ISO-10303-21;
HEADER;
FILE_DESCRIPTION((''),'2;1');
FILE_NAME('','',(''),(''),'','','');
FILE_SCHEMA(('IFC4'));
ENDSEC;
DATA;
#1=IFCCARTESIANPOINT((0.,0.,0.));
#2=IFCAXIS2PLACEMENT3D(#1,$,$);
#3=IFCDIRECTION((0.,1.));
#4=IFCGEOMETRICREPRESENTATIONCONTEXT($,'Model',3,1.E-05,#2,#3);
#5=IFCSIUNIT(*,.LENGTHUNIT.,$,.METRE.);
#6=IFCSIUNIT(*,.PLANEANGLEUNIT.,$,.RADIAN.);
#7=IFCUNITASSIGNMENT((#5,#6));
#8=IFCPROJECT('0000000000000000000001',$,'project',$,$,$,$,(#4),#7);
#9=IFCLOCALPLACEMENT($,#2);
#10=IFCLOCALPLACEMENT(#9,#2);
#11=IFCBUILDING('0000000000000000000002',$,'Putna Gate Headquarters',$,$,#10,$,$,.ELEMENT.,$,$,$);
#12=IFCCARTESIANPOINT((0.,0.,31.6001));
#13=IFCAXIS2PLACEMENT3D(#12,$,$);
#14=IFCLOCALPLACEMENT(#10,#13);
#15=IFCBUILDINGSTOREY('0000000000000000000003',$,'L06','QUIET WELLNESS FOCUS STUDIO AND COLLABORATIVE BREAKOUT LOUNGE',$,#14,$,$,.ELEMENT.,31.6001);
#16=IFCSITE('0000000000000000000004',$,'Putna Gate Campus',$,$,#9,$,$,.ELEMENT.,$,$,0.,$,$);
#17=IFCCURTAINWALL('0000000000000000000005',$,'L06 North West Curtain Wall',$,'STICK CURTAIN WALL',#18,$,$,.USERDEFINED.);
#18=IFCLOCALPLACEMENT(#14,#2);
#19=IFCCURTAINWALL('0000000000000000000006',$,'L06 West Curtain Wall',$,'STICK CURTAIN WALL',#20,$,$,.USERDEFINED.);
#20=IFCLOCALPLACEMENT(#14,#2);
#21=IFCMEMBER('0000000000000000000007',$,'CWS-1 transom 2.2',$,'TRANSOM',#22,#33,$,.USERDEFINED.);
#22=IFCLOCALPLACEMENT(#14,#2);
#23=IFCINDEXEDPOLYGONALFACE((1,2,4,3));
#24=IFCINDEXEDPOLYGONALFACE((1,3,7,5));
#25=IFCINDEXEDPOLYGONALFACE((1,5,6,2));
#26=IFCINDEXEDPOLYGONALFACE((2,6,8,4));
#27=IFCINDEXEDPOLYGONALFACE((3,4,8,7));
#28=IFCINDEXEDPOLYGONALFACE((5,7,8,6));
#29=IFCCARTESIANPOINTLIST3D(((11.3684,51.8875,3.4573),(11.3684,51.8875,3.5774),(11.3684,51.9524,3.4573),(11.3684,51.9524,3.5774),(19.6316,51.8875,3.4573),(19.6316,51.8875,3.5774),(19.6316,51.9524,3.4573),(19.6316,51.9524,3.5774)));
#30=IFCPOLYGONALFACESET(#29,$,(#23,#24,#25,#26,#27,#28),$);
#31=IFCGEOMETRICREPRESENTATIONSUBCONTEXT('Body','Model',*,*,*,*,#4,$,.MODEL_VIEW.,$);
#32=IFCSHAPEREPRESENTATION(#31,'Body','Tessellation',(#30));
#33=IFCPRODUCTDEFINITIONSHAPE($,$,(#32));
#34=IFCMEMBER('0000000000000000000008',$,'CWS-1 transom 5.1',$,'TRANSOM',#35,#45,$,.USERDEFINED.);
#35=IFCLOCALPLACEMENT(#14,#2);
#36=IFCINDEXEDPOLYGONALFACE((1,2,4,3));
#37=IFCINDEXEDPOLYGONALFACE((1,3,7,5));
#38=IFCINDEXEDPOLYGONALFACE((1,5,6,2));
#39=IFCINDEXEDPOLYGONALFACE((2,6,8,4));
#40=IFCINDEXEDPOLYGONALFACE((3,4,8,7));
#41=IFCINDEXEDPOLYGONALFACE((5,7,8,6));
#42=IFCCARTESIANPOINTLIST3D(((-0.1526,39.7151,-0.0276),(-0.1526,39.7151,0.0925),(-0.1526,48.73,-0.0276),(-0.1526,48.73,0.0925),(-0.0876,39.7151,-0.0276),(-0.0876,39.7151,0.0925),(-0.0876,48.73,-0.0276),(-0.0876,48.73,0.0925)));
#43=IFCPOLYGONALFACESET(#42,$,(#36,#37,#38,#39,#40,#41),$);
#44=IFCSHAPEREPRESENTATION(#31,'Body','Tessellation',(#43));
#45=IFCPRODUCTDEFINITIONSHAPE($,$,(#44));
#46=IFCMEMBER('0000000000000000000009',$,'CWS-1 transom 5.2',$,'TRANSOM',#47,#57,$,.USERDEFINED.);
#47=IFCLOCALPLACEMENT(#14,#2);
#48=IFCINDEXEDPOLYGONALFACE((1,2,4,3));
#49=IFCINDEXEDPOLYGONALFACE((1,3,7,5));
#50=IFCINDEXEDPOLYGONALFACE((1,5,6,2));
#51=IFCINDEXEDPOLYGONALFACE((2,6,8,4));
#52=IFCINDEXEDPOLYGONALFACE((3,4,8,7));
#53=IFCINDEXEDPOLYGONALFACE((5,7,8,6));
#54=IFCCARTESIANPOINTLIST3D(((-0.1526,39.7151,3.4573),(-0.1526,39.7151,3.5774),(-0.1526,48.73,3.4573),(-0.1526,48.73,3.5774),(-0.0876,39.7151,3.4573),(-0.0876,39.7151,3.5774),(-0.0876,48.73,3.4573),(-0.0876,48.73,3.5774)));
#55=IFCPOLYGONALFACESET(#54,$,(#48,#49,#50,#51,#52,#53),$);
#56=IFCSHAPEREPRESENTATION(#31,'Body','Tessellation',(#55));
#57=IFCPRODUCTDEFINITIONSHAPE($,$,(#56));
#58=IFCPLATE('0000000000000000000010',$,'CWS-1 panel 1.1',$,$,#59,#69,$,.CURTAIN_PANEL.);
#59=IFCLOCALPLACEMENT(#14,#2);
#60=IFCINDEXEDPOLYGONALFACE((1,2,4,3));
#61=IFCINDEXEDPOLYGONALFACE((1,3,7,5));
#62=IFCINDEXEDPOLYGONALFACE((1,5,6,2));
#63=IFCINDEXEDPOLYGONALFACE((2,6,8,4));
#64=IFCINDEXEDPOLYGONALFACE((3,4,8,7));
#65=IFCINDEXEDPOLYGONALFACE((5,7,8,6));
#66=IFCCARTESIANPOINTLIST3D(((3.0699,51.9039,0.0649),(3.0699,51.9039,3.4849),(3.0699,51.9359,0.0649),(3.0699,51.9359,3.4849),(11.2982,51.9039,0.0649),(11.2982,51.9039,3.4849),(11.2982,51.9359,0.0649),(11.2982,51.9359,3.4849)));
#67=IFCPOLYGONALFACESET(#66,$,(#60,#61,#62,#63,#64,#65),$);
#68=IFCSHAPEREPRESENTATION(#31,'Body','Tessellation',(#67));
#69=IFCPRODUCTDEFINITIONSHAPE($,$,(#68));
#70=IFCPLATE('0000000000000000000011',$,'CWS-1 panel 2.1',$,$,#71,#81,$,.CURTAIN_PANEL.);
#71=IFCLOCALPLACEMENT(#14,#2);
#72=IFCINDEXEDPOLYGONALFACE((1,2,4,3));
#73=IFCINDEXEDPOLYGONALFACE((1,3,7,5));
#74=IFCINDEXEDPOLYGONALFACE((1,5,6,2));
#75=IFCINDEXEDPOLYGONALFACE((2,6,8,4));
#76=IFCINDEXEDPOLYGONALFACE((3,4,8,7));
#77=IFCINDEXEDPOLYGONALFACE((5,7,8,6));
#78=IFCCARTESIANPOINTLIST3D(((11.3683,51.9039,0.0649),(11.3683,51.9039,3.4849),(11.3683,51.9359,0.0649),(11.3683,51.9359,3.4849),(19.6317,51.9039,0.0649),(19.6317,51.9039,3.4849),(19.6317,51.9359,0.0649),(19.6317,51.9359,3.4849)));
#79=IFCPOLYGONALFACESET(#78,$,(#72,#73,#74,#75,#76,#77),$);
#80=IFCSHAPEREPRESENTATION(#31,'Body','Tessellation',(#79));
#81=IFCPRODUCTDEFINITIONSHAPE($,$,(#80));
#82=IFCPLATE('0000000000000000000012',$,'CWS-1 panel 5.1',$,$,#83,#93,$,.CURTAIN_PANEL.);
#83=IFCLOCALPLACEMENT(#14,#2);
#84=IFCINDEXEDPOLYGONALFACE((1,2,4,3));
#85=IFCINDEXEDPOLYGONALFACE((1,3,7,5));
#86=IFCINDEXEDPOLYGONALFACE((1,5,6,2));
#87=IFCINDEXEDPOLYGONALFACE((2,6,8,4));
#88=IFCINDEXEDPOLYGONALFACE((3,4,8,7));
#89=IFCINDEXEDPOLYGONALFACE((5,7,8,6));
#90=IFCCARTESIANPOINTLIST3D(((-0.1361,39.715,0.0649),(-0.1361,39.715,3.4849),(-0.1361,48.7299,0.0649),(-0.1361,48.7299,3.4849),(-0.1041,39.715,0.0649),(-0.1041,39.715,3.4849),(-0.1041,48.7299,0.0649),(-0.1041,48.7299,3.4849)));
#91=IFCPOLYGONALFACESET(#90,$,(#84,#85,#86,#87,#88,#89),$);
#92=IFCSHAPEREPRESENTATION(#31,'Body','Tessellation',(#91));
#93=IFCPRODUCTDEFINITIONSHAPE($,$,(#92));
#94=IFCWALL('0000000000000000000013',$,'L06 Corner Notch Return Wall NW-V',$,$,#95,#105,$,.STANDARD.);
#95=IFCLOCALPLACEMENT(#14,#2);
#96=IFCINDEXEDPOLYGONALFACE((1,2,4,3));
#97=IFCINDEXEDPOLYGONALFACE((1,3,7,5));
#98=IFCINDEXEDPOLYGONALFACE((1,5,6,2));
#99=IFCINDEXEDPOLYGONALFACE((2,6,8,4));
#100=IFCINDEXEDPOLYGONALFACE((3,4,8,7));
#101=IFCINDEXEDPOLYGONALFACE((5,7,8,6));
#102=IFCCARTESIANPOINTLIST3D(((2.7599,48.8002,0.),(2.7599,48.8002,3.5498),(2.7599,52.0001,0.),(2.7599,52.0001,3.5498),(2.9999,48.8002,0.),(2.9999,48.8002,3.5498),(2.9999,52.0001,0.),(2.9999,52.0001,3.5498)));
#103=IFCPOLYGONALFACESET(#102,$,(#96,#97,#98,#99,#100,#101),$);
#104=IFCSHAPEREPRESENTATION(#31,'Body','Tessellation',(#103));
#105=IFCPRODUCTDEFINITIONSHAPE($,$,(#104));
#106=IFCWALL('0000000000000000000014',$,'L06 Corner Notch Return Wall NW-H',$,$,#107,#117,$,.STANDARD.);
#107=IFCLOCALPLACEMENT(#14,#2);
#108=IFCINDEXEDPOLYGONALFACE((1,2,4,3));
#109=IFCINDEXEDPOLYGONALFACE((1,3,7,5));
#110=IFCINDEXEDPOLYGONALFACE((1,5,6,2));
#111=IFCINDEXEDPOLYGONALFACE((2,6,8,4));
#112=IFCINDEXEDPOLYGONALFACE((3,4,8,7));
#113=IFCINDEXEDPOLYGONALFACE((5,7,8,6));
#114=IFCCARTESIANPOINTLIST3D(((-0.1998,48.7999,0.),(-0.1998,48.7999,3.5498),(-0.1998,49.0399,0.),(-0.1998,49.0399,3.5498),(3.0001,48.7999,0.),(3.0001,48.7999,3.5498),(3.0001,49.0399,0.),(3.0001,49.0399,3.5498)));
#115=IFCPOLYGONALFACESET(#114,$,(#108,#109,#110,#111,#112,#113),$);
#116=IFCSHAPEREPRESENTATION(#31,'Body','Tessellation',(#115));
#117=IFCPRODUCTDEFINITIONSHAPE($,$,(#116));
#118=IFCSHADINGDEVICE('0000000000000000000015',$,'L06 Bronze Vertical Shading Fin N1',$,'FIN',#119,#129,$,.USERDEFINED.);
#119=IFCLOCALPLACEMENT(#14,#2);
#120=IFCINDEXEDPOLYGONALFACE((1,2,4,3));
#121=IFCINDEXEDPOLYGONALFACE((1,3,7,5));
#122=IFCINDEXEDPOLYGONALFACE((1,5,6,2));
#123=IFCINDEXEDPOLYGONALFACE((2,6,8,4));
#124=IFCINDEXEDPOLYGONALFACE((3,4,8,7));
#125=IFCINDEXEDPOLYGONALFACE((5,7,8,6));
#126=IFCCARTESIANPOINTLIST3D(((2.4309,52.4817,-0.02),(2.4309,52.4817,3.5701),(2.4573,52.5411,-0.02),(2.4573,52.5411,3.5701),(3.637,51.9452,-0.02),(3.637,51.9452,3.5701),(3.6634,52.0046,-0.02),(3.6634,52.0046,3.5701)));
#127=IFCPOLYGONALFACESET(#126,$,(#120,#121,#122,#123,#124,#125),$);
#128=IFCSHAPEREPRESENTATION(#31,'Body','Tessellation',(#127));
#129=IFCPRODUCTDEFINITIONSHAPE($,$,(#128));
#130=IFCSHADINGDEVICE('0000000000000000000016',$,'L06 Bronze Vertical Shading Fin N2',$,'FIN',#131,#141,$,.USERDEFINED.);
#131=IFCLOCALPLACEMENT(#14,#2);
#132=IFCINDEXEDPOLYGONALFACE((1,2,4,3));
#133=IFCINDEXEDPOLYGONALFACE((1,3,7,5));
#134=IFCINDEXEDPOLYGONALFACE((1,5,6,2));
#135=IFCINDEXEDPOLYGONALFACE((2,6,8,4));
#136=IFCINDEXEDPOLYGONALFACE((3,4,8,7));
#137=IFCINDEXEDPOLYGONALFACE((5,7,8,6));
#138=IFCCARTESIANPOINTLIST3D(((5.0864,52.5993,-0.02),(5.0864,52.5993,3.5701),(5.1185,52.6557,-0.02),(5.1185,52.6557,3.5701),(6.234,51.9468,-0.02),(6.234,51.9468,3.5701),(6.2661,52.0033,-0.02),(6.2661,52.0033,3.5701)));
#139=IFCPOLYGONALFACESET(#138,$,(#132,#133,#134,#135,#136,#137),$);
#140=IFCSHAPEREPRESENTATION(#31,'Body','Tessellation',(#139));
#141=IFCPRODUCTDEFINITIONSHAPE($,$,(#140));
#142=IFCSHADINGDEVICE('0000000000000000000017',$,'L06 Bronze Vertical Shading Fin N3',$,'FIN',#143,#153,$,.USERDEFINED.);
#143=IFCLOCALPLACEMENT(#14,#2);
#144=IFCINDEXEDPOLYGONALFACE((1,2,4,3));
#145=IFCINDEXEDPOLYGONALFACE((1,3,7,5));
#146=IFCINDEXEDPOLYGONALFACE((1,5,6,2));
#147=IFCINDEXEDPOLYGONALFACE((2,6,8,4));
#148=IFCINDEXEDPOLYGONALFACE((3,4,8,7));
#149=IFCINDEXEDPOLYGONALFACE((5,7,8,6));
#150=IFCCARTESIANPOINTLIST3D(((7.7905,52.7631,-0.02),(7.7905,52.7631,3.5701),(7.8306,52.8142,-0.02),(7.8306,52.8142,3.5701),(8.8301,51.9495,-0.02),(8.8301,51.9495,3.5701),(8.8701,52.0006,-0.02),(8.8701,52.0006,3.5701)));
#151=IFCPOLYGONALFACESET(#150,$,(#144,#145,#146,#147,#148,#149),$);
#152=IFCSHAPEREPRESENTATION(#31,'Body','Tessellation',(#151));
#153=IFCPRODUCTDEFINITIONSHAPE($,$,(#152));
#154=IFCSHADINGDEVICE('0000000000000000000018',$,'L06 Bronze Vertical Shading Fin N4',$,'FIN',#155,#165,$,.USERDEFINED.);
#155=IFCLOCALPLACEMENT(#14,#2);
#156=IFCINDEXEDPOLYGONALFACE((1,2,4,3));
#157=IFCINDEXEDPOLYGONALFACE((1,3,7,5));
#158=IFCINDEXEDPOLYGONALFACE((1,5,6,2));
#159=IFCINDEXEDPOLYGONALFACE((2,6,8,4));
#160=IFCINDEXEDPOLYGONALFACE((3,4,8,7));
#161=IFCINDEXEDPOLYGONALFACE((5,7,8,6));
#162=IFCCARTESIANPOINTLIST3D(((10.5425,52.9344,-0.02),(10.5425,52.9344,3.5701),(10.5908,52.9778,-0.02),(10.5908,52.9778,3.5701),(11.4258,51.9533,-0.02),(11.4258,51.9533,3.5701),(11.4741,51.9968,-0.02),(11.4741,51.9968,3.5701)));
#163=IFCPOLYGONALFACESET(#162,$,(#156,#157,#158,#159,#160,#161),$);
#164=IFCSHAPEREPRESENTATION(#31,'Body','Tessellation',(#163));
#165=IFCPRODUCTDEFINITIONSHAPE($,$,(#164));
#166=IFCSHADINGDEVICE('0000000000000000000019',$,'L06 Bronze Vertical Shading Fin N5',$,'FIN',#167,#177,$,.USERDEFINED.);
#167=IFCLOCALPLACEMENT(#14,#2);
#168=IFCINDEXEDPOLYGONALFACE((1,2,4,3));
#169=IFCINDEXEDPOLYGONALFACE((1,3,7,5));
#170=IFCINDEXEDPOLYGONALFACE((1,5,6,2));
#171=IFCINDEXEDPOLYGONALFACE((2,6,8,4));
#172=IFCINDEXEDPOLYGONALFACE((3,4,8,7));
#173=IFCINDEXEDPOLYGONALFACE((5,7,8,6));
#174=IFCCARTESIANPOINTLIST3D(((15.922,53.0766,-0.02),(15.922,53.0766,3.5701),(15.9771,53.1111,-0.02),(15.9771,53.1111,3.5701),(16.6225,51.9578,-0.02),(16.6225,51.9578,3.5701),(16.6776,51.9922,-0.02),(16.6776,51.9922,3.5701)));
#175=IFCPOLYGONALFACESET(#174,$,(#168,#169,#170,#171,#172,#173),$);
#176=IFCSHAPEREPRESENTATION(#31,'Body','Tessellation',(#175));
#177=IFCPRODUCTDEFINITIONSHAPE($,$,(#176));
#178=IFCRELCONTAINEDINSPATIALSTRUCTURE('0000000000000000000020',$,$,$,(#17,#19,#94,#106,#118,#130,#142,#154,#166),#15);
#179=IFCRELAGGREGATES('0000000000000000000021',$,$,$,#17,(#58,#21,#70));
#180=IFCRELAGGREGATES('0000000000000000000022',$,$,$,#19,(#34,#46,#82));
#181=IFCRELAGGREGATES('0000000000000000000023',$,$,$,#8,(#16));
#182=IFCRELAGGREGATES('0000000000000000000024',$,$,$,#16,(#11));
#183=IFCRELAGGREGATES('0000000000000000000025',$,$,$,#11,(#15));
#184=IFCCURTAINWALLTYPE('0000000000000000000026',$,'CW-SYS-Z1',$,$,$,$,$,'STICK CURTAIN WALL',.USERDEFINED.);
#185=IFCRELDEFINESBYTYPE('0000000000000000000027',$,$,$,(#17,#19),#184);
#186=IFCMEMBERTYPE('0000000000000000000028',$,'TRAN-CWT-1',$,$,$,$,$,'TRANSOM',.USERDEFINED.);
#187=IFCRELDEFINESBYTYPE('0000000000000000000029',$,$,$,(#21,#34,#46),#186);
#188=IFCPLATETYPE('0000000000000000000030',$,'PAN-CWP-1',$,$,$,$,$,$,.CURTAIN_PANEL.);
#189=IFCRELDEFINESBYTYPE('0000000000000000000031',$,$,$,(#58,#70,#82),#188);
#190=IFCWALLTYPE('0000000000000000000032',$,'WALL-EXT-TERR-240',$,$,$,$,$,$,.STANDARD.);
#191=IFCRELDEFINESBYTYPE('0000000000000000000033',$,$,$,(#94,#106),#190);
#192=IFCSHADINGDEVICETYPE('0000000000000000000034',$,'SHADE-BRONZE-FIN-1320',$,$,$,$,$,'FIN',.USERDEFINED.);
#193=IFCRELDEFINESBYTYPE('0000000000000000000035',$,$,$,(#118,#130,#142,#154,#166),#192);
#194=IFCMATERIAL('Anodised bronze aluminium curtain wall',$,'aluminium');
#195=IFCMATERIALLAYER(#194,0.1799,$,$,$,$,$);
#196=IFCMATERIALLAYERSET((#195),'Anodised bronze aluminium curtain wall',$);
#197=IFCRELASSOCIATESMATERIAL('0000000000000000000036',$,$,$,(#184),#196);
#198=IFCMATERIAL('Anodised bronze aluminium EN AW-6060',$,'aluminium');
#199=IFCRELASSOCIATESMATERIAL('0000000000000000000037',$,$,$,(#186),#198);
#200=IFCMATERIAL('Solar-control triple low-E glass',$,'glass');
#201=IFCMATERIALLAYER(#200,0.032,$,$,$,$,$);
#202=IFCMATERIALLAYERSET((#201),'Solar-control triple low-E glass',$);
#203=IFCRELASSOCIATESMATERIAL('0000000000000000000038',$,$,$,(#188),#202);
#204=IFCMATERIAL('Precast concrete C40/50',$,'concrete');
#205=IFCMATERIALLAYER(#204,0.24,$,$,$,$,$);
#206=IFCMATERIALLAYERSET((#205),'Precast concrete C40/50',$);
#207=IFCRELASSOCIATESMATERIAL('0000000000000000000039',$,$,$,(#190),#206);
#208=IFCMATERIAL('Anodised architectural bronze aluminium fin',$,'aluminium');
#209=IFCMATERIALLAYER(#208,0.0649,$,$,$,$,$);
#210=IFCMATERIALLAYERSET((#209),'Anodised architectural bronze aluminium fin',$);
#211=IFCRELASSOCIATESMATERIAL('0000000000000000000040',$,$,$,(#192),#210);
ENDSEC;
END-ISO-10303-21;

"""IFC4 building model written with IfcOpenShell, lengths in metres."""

from ifc_helpers import new_model, si_unit, direction, frame, frame_2d, origin, origin_2d, place, context, subcontext, project, spatial, rectangle, extrude, material, layer, layer_set, material_profile, profile_set, type_object, element, aggregate, save


model = new_model("IFC4")

# Units and contexts
model_context = context("Model", 3, precision=1e-05, world=origin(), true_north=direction((0.0, 1.0)))
body_context = subcontext(model_context, "Body", "Model", "MODEL_VIEW")
ifc_project = project(units=[si_unit("LENGTHUNIT", "METRE"), si_unit("PLANEANGLEUNIT", "RADIAN")], contexts=[model_context])

# Site, building, storey
site_placement = place(None, origin())
site = spatial("IfcSite", under=ifc_project, at=site_placement, Name="Putna Gate Campus", CompositionType="ELEMENT", RefElevation=0.0)
building_placement = place(site_placement, origin())
building = spatial("IfcBuilding", under=site, at=building_placement, Name="Putna Gate Headquarters", CompositionType="ELEMENT")
storey_placement = place(building_placement, frame((0.0, 0.0, 31.6001)))
storey = spatial("IfcBuildingStorey", under=building, at=storey_placement, Name="L06", Description="QUIET WELLNESS FOCUS STUDIO AND COLLABORATIVE BREAKOUT LOUNGE", CompositionType="ELEMENT", Elevation=31.6001)

# Curtain wall
ifc_material_1 = material(Name="Anodised bronze aluminium curtain wall", Category="aluminium")
ifc_layer_1 = layer(ifc_material_1, 0.1799)
ifc_layer_set_1 = layer_set([ifc_layer_1], Name="Anodised bronze aluminium curtain wall")
curtain_wall_type = type_object("IfcCurtainWallType", Name="CW-SYS-Z1", ElementType="STICK CURTAIN WALL", PredefinedType="USERDEFINED", material=ifc_layer_set_1)
curtain_wall_1_placement = place(storey_placement, origin())
curtain_wall_1 = element("IfcCurtainWall", 1, at=curtain_wall_1_placement, inside=storey, type_object=curtain_wall_type, Name="L06 North West Curtain Wall", ObjectType="STICK CURTAIN WALL", PredefinedType="USERDEFINED")
ifc_material_2 = material(Name="Anodised bronze aluminium EN AW-6060", Category="aluminium")

# Curtain wall
curtain_wall_2_placement = place(storey_placement, origin())
curtain_wall_2 = element("IfcCurtainWall", 2, at=curtain_wall_2_placement, inside=storey, type_object=curtain_wall_type, Name="L06 West Curtain Wall", ObjectType="STICK CURTAIN WALL", PredefinedType="USERDEFINED")

# Members
ifc_material_profile_1 = material_profile(ifc_material_2, rectangle(XDim=0.0649, YDim=0.1201, at=origin_2d()), Name="Anodised bronze aluminium EN AW-6060")
ifc_profile_set_1 = profile_set([ifc_material_profile_1], Name="Anodised bronze aluminium EN AW-6060")
member_type_1 = type_object("IfcMemberType", Name="TRAN-CWT-1", ElementType="TRANSOM", PredefinedType="USERDEFINED", material=ifc_profile_set_1)
member_1_placement = place(storey_placement, frame((11.3684, 51.9199, 3.5173), z_axis=(1.0, 0.0, 0.0), x_axis=(0.0, 1.0, 0.0)))
member_1 = element("IfcMember", 3, at=member_1_placement, type_object=member_type_1, Name="CWS-1 transom 2.2", ObjectType="TRANSOM", PredefinedType="USERDEFINED", context=body_context, shape_type="SweptSolid", body=[
    extrude(rectangle(XDim=0.0649, YDim=0.1201, at=origin_2d()), origin(), (0.0, 0.0, 1.0), 8.2632),
])
member_2_placement = place(storey_placement, frame((-0.1201, 39.7151, 0.0325), z_axis=(0.0, 1.0, 0.0), x_axis=(-1.0, 0.0, 0.0)))
member_2 = element("IfcMember", 4, at=member_2_placement, type_object=member_type_1, Name="CWS-1 transom 5.1", ObjectType="TRANSOM", PredefinedType="USERDEFINED", context=body_context, shape_type="SweptSolid", body=[
    extrude(rectangle(XDim=0.0649, YDim=0.1201, at=origin_2d()), origin(), (0.0, 0.0, 1.0), 9.0149),
])
member_3_placement = place(storey_placement, frame((-0.1201, 39.7151, 3.5173), z_axis=(0.0, 1.0, 0.0), x_axis=(-1.0, 0.0, 0.0)))
member_3 = element("IfcMember", 5, at=member_3_placement, type_object=member_type_1, Name="CWS-1 transom 5.2", ObjectType="TRANSOM", PredefinedType="USERDEFINED", context=body_context, shape_type="SweptSolid", body=[
    extrude(rectangle(XDim=0.0649, YDim=0.1201, at=origin_2d()), origin(), (0.0, 0.0, 1.0), 9.0149),
])

# Plates
ifc_material_3 = material(Name="Solar-control triple low-E glass", Category="glass")
ifc_layer_2 = layer(ifc_material_3, 0.032)
ifc_layer_set_2 = layer_set([ifc_layer_2], Name="Solar-control triple low-E glass")
plate_type = type_object("IfcPlateType", Name="PAN-CWP-1", PredefinedType="CURTAIN_PANEL", material=ifc_layer_set_2)
plate_1_placement = place(storey_placement, frame((7.1841, 51.9199, 0.0649), z_axis=(0.0, 0.0, 1.0), x_axis=(1.0, 0.0, 0.0)))
plate_1 = element("IfcPlate", 6, at=plate_1_placement, type_object=plate_type, Name="CWS-1 panel 1.1", PredefinedType="CURTAIN_PANEL", context=body_context, shape_type="SweptSolid", body=[
    extrude(rectangle(XDim=8.2283, YDim=0.032, at=origin_2d()), origin(), (0.0, 0.0, 1.0), 3.4199),
])
plate_2_placement = place(storey_placement, frame((15.5, 51.9199, 0.0649), z_axis=(0.0, 0.0, 1.0), x_axis=(1.0, 0.0, 0.0)))
plate_2 = element("IfcPlate", 7, at=plate_2_placement, type_object=plate_type, Name="CWS-1 panel 2.1", PredefinedType="CURTAIN_PANEL", context=body_context, shape_type="SweptSolid", body=[
    extrude(rectangle(XDim=8.2634, YDim=0.032, at=origin_2d()), origin(), (0.0, 0.0, 1.0), 3.4199),
])
aggregate(curtain_wall_1, [plate_1, member_1, plate_2])
plate_3_placement = place(storey_placement, frame((-0.1201, 44.2224, 0.0649), z_axis=(0.0, 0.0, 1.0), x_axis=(0.0, 1.0, 0.0)))
plate_3 = element("IfcPlate", 8, at=plate_3_placement, type_object=plate_type, Name="CWS-1 panel 5.1", PredefinedType="CURTAIN_PANEL", context=body_context, shape_type="SweptSolid", body=[
    extrude(rectangle(XDim=9.0149, YDim=0.032, at=origin_2d()), origin(), (0.0, 0.0, 1.0), 3.4199),
])
aggregate(curtain_wall_2, [member_2, member_3, plate_3])

# Walls
ifc_material_4 = material(Name="Precast concrete C40/50", Category="concrete")
ifc_layer_3 = layer(ifc_material_4, 0.24)
ifc_layer_set_3 = layer_set([ifc_layer_3], Name="Precast concrete C40/50")
wall_type = type_object("IfcWallType", Name="WALL-EXT-TERR-240", PredefinedType="STANDARD", material=ifc_layer_set_3)
for number, where, z_axis, x_axis, name in (
    (9, (2.8799, 48.8, 0.0), (0.0, 0.0, 1.0), (0.0, 1.0, 0.0), "L06 Corner Notch Return Wall NW-V"),
    (10, (-0.2, 48.9199, 0.0), (0.0, 0.0, 1.0), (1.0, 0.0, 0.0), "L06 Corner Notch Return Wall NW-H"),
):
    element("IfcWall", number, at=place(storey_placement, frame(where, z_axis=z_axis, x_axis=x_axis)), inside=storey, type_object=wall_type, Name=name, PredefinedType="STANDARD", context=body_context, shape_type="SweptSolid", body=[
        extrude(rectangle(XDim=3.2, YDim=0.24, at=frame_2d((1.6001, 0.0))), origin(), (0.0, 0.0, 1.0), 3.5498),
    ])

# Shading devices
ifc_material_5 = material(Name="Anodised architectural bronze aluminium fin", Category="aluminium")
ifc_layer_4 = layer(ifc_material_5, 0.0649)
ifc_layer_set_4 = layer_set([ifc_layer_4], Name="Anodised architectural bronze aluminium fin")
shading_device_type = type_object("IfcShadingDeviceType", Name="SHADE-BRONZE-FIN-1320", ElementType="FIN", PredefinedType="USERDEFINED", material=ifc_layer_set_4)
for number, where, z_axis, x_axis, name in (
    (11, (3.0471, 52.2432, -0.02), (0.0, 0.0, 1.0), (-0.913687, 0.406418, 0.0), "L06 Bronze Vertical Shading Fin N1"),
    (12, (5.6763, 52.3013, -0.02), (0.0, 0.0, 1.0), (-0.869322, 0.494245, 0.0), "L06 Bronze Vertical Shading Fin N2"),
    (13, (8.3303, 52.3818, -0.02), (0.0, 0.0, 1.0), (-0.787473, 0.616349, 0.0), "L06 Bronze Vertical Shading Fin N3"),
    (14, (11.0083, 52.4656, -0.02), (0.0, 0.0, 1.0), (-0.669131, 0.743145, 0.0), "L06 Bronze Vertical Shading Fin N4"),
    (15, (16.2998, 52.5344, -0.02), (0.0, 0.0, 1.0), (-0.530659, 0.847585, 0.0), "L06 Bronze Vertical Shading Fin N5"),
):
    element("IfcShadingDevice", number, at=place(storey_placement, frame(where, z_axis=z_axis, x_axis=x_axis)), inside=storey, type_object=shading_device_type, Name=name, ObjectType="FIN", PredefinedType="USERDEFINED", context=body_context, shape_type="SweptSolid", body=[
        extrude(rectangle(XDim=1.3201, YDim=0.0649, at=origin_2d()), origin(), (0.0, 0.0, 1.0), 3.5901),
    ])

save(model, "model.ifc")
